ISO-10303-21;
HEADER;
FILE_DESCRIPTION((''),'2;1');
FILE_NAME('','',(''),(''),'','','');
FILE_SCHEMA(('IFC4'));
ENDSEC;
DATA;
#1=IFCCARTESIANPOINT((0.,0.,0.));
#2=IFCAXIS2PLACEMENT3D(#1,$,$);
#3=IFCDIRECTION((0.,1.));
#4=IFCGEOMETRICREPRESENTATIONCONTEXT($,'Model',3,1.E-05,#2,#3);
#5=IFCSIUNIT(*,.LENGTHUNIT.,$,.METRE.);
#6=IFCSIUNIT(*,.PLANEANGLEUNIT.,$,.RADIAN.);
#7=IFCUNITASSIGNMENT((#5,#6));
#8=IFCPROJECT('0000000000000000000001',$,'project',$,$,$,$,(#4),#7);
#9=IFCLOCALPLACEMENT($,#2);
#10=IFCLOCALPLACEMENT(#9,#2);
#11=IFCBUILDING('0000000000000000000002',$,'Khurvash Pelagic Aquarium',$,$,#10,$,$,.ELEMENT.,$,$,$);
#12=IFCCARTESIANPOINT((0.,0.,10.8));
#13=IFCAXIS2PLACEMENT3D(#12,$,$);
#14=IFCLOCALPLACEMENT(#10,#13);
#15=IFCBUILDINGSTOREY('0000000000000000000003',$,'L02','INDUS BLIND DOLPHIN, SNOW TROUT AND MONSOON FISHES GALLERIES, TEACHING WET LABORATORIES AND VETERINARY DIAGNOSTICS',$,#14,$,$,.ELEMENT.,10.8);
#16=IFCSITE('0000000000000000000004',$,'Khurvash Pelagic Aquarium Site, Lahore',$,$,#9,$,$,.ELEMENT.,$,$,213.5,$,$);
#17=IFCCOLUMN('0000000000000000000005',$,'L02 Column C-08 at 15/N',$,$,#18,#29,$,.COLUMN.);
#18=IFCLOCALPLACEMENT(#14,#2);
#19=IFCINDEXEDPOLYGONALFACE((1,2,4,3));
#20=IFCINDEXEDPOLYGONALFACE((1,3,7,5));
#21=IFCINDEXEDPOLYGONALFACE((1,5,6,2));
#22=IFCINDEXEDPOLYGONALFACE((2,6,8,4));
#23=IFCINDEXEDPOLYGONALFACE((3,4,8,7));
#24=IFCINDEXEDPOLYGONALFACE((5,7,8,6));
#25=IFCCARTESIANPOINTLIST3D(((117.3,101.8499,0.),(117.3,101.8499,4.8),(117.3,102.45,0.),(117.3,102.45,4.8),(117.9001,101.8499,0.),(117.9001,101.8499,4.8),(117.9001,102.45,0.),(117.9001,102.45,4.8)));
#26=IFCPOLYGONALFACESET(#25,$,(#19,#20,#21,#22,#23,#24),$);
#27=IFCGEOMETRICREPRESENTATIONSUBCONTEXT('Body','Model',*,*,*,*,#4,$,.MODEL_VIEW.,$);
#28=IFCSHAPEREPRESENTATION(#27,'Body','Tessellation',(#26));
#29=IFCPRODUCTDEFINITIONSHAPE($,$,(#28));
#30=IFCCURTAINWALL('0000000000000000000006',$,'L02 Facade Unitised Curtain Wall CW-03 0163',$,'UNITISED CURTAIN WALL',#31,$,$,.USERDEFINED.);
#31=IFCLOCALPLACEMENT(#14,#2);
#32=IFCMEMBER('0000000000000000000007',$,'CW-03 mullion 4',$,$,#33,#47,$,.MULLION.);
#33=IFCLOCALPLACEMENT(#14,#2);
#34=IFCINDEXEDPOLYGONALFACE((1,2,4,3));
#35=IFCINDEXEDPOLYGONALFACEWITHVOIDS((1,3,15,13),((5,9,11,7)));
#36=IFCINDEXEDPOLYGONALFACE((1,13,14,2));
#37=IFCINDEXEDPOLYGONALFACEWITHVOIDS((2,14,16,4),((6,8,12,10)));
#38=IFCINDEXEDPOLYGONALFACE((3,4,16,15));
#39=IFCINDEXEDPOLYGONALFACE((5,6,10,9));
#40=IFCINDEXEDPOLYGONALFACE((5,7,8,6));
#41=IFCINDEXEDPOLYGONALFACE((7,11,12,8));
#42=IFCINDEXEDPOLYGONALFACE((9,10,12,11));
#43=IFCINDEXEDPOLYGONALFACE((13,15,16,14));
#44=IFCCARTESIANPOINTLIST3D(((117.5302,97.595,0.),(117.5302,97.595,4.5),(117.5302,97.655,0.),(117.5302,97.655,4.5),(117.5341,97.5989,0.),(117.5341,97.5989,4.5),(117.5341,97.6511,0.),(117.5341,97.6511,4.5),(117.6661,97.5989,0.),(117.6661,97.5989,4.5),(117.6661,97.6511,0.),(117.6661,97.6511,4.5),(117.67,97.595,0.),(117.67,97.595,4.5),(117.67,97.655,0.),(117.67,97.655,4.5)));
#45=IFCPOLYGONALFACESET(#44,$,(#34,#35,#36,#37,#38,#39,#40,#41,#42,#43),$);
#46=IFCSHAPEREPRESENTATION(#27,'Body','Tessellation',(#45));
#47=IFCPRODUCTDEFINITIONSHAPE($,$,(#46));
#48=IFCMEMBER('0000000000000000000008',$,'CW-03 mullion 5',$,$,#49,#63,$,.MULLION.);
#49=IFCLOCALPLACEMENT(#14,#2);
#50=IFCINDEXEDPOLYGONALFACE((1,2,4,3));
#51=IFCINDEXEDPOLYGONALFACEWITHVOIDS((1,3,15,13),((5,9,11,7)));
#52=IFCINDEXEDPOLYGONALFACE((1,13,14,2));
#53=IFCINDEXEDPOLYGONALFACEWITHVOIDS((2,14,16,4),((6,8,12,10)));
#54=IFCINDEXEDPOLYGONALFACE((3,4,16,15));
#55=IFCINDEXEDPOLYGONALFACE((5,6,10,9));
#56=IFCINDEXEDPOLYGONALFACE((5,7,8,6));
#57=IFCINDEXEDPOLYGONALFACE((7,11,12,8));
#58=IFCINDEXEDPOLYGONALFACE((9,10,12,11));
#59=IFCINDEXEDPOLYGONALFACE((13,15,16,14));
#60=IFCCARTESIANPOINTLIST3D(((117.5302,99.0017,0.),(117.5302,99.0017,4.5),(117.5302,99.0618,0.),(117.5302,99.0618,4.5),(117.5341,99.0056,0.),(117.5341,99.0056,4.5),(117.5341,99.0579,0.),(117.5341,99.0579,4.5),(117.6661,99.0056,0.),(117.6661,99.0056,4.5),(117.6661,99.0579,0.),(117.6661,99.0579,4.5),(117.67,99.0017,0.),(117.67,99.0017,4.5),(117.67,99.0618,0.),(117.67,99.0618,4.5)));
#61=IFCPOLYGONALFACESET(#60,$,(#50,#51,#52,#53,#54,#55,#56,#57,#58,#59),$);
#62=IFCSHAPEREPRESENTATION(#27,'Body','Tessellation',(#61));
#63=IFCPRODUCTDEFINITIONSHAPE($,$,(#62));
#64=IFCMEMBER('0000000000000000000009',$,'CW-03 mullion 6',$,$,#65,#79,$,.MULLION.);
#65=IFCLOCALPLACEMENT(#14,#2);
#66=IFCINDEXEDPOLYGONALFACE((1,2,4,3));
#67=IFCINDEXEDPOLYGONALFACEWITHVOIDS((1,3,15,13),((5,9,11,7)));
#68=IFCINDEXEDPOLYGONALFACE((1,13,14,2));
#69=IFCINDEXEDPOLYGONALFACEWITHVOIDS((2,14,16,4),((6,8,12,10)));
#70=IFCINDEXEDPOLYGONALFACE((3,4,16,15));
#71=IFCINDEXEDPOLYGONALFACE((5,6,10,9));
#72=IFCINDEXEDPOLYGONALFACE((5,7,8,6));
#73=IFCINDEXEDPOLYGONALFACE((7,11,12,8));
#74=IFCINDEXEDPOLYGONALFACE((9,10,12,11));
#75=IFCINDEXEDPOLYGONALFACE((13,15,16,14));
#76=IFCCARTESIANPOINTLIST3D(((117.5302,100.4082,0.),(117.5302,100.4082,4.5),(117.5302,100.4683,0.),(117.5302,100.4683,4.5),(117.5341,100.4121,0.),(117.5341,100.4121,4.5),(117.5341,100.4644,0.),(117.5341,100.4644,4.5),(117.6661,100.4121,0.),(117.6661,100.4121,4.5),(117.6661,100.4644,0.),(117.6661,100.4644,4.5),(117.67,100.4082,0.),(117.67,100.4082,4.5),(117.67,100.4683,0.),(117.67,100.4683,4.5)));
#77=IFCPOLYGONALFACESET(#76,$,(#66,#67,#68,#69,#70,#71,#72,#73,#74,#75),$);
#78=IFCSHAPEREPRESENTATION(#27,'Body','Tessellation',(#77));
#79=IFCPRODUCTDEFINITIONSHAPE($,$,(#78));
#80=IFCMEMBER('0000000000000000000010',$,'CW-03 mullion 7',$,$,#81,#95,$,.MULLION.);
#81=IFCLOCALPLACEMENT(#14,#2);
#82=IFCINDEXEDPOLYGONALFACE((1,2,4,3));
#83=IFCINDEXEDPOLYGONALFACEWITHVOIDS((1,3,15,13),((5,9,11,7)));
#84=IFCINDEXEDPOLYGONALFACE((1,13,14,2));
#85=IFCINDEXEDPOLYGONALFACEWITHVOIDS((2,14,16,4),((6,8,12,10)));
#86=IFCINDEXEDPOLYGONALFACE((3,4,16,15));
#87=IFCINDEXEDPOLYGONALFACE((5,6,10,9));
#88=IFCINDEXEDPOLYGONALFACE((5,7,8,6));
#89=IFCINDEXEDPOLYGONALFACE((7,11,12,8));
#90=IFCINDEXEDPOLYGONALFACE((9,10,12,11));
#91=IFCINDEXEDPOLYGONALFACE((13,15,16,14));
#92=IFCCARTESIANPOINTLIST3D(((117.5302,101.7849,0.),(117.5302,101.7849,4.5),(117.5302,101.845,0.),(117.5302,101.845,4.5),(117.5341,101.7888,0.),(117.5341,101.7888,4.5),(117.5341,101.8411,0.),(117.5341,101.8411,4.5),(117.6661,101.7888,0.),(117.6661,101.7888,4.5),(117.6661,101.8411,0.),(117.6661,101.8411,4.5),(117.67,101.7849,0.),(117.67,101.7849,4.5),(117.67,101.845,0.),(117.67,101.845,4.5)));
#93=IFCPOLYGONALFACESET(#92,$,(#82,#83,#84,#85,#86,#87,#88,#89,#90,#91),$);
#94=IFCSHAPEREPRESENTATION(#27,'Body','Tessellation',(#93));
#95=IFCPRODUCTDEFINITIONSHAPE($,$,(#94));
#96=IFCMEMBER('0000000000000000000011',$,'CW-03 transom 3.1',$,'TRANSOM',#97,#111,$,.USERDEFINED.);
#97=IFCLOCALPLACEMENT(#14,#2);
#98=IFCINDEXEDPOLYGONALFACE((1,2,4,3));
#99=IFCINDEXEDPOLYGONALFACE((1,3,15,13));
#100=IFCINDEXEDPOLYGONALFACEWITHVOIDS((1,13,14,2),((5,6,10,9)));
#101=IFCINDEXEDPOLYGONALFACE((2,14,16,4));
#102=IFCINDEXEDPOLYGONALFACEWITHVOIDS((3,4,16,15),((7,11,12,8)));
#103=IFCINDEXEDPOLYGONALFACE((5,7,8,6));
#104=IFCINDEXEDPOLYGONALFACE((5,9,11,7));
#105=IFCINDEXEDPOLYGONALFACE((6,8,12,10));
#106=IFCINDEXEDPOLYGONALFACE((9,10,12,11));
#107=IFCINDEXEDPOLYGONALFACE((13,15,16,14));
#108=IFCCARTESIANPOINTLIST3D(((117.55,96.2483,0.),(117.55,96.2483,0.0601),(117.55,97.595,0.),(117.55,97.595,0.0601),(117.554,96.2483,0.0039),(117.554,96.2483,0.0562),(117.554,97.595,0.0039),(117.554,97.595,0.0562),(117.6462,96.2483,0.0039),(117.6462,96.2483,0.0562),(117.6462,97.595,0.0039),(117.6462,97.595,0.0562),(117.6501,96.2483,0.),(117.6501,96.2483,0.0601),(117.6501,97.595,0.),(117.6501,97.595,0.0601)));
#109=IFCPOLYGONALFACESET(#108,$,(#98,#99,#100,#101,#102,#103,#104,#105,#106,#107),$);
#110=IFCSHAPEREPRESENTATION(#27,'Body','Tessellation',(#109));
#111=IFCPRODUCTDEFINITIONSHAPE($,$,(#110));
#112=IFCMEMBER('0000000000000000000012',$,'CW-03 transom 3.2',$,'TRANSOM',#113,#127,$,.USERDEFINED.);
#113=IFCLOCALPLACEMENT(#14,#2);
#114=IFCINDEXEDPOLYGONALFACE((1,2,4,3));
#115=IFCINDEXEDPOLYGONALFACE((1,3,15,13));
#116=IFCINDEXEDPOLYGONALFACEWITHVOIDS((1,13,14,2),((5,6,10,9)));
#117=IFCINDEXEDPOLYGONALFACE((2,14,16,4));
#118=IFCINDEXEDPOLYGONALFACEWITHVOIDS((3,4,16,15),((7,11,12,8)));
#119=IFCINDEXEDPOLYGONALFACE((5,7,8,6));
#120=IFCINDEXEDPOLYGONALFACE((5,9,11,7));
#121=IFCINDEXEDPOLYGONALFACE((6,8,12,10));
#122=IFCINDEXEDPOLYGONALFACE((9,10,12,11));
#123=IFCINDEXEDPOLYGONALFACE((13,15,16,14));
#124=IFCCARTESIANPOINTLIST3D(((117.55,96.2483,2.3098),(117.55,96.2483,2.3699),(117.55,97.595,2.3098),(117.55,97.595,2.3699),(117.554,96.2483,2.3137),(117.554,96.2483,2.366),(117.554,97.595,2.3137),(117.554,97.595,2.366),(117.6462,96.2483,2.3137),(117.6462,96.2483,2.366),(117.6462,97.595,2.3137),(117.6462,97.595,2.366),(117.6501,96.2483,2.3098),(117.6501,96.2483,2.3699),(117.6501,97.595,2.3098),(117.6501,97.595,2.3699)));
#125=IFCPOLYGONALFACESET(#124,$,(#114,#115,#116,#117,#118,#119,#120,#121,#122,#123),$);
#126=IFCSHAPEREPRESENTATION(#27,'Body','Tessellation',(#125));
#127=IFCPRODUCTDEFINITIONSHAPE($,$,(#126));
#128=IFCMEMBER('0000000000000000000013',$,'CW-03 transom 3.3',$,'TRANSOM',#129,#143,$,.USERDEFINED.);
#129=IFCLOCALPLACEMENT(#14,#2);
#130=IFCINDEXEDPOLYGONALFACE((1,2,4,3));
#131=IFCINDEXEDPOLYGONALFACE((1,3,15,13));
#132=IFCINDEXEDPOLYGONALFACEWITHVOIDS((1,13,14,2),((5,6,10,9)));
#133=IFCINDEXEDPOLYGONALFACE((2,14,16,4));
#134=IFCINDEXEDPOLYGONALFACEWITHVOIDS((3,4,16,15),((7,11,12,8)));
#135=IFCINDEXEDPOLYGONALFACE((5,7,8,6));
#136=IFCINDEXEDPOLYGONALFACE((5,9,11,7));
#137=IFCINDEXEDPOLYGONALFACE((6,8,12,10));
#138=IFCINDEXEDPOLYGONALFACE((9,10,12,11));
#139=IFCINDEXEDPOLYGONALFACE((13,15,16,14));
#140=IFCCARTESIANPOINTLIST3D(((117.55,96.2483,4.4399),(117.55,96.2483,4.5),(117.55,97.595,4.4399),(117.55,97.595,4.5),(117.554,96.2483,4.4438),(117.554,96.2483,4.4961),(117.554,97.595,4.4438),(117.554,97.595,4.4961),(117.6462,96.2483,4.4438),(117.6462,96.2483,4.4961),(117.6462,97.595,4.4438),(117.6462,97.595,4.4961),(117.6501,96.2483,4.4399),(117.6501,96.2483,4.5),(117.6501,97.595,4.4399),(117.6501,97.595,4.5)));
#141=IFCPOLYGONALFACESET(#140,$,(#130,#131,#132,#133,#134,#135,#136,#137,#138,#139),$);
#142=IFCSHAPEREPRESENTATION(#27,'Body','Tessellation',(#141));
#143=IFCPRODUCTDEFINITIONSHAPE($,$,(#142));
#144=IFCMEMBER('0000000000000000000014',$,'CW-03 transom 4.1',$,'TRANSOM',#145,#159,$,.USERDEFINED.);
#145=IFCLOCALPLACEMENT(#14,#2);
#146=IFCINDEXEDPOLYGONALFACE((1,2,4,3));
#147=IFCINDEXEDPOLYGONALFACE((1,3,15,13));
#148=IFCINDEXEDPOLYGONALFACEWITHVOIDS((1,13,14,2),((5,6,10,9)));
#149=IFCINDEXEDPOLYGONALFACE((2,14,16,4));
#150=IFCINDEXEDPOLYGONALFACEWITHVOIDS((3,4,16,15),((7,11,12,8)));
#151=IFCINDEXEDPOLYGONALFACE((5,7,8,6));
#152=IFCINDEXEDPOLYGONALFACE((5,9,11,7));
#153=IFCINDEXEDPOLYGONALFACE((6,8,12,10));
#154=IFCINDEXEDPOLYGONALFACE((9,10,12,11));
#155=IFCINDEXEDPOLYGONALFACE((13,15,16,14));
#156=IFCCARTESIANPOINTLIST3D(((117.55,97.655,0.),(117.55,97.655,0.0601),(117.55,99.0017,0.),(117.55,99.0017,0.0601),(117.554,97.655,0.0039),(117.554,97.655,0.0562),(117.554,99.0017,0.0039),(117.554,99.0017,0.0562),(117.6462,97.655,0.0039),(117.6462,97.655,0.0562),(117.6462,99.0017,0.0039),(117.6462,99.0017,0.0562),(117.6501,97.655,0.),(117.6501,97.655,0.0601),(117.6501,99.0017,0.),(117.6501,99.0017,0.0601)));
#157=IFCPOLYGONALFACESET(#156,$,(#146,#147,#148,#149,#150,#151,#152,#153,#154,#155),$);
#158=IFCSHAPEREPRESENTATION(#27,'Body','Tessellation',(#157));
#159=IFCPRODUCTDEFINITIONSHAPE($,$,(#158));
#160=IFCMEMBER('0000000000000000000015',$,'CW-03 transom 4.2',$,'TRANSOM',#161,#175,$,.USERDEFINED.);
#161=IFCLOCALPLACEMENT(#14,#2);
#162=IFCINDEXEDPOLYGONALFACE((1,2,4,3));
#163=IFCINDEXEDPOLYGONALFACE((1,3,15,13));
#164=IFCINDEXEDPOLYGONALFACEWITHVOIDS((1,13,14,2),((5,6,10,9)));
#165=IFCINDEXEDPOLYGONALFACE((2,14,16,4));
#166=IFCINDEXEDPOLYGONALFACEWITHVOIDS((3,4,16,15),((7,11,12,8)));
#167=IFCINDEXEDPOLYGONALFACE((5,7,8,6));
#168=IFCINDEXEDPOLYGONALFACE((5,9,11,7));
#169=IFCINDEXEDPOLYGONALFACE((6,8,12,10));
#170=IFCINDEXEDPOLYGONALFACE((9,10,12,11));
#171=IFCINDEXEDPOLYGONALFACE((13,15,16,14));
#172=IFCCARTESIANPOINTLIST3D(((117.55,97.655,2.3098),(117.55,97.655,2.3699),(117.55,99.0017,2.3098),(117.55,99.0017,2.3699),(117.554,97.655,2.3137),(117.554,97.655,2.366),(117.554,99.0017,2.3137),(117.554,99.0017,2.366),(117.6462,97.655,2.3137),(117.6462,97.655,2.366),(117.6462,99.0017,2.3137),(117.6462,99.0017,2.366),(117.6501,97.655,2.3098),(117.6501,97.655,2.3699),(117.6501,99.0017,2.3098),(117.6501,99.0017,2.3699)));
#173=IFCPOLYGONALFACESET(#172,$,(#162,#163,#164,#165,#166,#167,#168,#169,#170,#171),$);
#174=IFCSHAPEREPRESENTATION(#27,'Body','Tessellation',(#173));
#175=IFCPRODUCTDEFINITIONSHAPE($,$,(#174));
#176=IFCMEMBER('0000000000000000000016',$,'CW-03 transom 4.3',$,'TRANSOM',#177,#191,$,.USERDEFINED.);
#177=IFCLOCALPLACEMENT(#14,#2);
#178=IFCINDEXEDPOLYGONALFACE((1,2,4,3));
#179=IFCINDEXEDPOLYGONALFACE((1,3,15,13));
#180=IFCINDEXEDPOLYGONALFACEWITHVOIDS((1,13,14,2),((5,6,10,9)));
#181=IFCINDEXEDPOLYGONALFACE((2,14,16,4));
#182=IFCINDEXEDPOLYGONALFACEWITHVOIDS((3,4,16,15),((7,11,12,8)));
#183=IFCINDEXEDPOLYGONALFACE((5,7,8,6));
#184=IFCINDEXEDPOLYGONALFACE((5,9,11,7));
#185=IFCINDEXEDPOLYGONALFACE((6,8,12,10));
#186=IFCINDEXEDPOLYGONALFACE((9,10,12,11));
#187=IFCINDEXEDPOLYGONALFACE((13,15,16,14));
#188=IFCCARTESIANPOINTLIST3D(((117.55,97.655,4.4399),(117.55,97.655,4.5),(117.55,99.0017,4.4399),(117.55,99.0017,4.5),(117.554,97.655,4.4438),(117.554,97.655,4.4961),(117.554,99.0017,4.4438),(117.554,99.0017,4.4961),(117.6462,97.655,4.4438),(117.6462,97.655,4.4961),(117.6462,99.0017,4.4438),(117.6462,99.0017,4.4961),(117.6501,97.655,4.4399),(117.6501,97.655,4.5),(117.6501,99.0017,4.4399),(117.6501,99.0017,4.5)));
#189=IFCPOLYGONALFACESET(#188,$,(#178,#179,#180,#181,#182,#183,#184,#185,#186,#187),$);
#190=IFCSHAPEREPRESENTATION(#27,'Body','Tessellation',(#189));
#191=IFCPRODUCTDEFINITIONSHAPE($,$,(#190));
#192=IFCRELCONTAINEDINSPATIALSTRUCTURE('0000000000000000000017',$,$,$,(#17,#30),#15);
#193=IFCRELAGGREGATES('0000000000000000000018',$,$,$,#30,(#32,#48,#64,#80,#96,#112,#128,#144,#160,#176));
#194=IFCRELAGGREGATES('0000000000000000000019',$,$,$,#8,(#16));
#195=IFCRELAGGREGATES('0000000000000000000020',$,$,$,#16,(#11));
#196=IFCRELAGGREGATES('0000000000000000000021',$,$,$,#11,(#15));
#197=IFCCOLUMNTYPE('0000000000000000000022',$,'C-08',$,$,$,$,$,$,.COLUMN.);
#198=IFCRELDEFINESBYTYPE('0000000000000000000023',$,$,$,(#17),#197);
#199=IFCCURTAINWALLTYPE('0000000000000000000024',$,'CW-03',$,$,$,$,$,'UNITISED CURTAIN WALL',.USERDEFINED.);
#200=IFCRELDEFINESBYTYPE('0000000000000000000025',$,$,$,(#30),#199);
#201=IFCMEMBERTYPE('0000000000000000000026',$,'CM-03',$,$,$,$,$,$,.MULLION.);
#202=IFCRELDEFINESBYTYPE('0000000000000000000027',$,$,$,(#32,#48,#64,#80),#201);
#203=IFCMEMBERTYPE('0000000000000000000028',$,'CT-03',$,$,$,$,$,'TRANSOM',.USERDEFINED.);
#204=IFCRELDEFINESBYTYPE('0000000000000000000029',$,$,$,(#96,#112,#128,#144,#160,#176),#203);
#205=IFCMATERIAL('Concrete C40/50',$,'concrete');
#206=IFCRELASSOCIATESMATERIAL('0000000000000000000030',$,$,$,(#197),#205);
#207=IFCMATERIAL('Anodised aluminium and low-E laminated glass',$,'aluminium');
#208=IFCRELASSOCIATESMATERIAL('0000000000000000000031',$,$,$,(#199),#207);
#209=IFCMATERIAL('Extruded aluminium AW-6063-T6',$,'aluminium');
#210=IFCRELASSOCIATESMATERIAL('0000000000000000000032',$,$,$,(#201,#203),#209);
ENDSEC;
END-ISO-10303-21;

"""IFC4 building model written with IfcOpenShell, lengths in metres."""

from ifc_helpers import new_model, si_unit, direction, frame, origin, origin_2d, place, context, subcontext, project, spatial, rectangle, hollow_rectangle, extrude, material, material_profile, profile_set, type_object, element, aggregate, save


model = new_model("IFC4")

# Units and contexts
model_context = context("Model", 3, precision=1e-05, world=origin(), true_north=direction((0.0, 1.0)))
body_context = subcontext(model_context, "Body", "Model", "MODEL_VIEW")
ifc_project = project(units=[si_unit("LENGTHUNIT", "METRE"), si_unit("PLANEANGLEUNIT", "RADIAN")], contexts=[model_context])

# Site, building, storey
site_placement = place(None, origin())
site = spatial("IfcSite", under=ifc_project, at=site_placement, Name="Khurvash Pelagic Aquarium Site, Lahore", CompositionType="ELEMENT", RefElevation=213.5)
building_placement = place(site_placement, origin())
building = spatial("IfcBuilding", under=site, at=building_placement, Name="Khurvash Pelagic Aquarium", CompositionType="ELEMENT")
storey_placement = place(building_placement, frame((0.0, 0.0, 10.8)))
storey = spatial("IfcBuildingStorey", under=building, at=storey_placement, Name="L02", Description="INDUS BLIND DOLPHIN, SNOW TROUT AND MONSOON FISHES GALLERIES, TEACHING WET LABORATORIES AND VETERINARY DIAGNOSTICS", CompositionType="ELEMENT", Elevation=10.8)

# Column
ifc_material_1 = material(Name="Concrete C40/50", Category="concrete")
ifc_material_profile_1 = material_profile(ifc_material_1, rectangle(XDim=0.6001, YDim=0.6001, at=origin_2d()), Name="RC600X600")
ifc_profile_set_1 = profile_set([ifc_material_profile_1], Name="Concrete C40/50")
column_type = type_object("IfcColumnType", Name="C-08", PredefinedType="COLUMN", material=ifc_profile_set_1)
column_placement = place(storey_placement, frame((117.6001, 102.1499, 0.0), z_axis=(0.0, 0.0, 1.0), x_axis=(1.0, 0.0, 0.0)))
element("IfcColumn", 1, at=column_placement, inside=storey, type_object=column_type, Name="L02 Column C-08 at 15/N", PredefinedType="COLUMN", context=body_context, shape_type="SweptSolid", body=[
    extrude(rectangle(XDim=0.6001, YDim=0.6001, at=origin_2d()), origin(), (0.0, 0.0, 1.0), 4.8),
])

# Curtain wall, members
ifc_material_2 = material(Name="Anodised aluminium and low-E laminated glass", Category="aluminium")
curtain_wall_type = type_object("IfcCurtainWallType", Name="CW-03", ElementType="UNITISED CURTAIN WALL", PredefinedType="USERDEFINED", material=ifc_material_2)
curtain_wall_placement = place(storey_placement, origin())
curtain_wall = element("IfcCurtainWall", 2, at=curtain_wall_placement, inside=storey, type_object=curtain_wall_type, Name="L02 Facade Unitised Curtain Wall CW-03 0163", ObjectType="UNITISED CURTAIN WALL", PredefinedType="USERDEFINED")
ifc_material_3 = material(Name="Extruded aluminium AW-6063-T6", Category="aluminium")
ifc_material_profile_2 = material_profile(ifc_material_3, hollow_rectangle(XDim=0.0601, YDim=0.1399, WallThickness=0.0039, at=origin_2d()), Name="CWM60X140X4")
ifc_profile_set_2 = profile_set([ifc_material_profile_2], Name="Extruded aluminium AW-6063-T6")
member_type_1 = type_object("IfcMemberType", Name="CM-03", PredefinedType="MULLION", material=ifc_profile_set_2)
member_1_placement = place(storey_placement, frame((117.6001, 97.625, 0.0), z_axis=(0.0, 0.0, 1.0), x_axis=(0.0, 1.0, 0.0)))
member_1 = element("IfcMember", 3, at=member_1_placement, type_object=member_type_1, Name="CW-03 mullion 4", PredefinedType="MULLION", context=body_context, shape_type="SweptSolid", body=[
    extrude(hollow_rectangle(XDim=0.0601, YDim=0.1399, WallThickness=0.0039, at=origin_2d()), origin(), (0.0, 0.0, 1.0), 4.5),
])
member_2_placement = place(storey_placement, frame((117.6001, 99.0317, 0.0), z_axis=(0.0, 0.0, 1.0), x_axis=(0.0, 1.0, 0.0)))
member_2 = element("IfcMember", 4, at=member_2_placement, type_object=member_type_1, Name="CW-03 mullion 5", PredefinedType="MULLION", context=body_context, shape_type="SweptSolid", body=[
    extrude(hollow_rectangle(XDim=0.0601, YDim=0.1399, WallThickness=0.0039, at=origin_2d()), origin(), (0.0, 0.0, 1.0), 4.5),
])
member_3_placement = place(storey_placement, frame((117.6001, 100.4382, 0.0), z_axis=(0.0, 0.0, 1.0), x_axis=(0.0, 1.0, 0.0)))
member_3 = element("IfcMember", 5, at=member_3_placement, type_object=member_type_1, Name="CW-03 mullion 6", PredefinedType="MULLION", context=body_context, shape_type="SweptSolid", body=[
    extrude(hollow_rectangle(XDim=0.0601, YDim=0.1399, WallThickness=0.0039, at=origin_2d()), origin(), (0.0, 0.0, 1.0), 4.5),
])
member_4_placement = place(storey_placement, frame((117.6001, 101.8149, 0.0), z_axis=(0.0, 0.0, 1.0), x_axis=(0.0, 1.0, 0.0)))
member_4 = element("IfcMember", 6, at=member_4_placement, type_object=member_type_1, Name="CW-03 mullion 7", PredefinedType="MULLION", context=body_context, shape_type="SweptSolid", body=[
    extrude(hollow_rectangle(XDim=0.0601, YDim=0.1399, WallThickness=0.0039, at=origin_2d()), origin(), (0.0, 0.0, 1.0), 4.5),
])
ifc_material_profile_3 = material_profile(ifc_material_3, hollow_rectangle(XDim=0.1001, YDim=0.0601, WallThickness=0.0039, at=origin_2d()), Name="CWT100X60X4")
ifc_profile_set_3 = profile_set([ifc_material_profile_3], Name="Extruded aluminium AW-6063-T6")
member_type_2 = type_object("IfcMemberType", Name="CT-03", ElementType="TRANSOM", PredefinedType="USERDEFINED", material=ifc_profile_set_3)
member_5_placement = place(storey_placement, frame((117.6001, 96.2483, 0.03), z_axis=(0.0, 1.0, 0.0), x_axis=(-1.0, 0.0, 0.0)))
member_5 = element("IfcMember", 7, at=member_5_placement, type_object=member_type_2, Name="CW-03 transom 3.1", ObjectType="TRANSOM", PredefinedType="USERDEFINED", context=body_context, shape_type="SweptSolid", body=[
    extrude(hollow_rectangle(XDim=0.1001, YDim=0.0601, WallThickness=0.0039, at=origin_2d()), origin(), (0.0, 0.0, 1.0), 1.3467),
])
member_6_placement = place(storey_placement, frame((117.6001, 96.2483, 2.3398), z_axis=(0.0, 1.0, 0.0), x_axis=(-1.0, 0.0, 0.0)))
member_6 = element("IfcMember", 8, at=member_6_placement, type_object=member_type_2, Name="CW-03 transom 3.2", ObjectType="TRANSOM", PredefinedType="USERDEFINED", context=body_context, shape_type="SweptSolid", body=[
    extrude(hollow_rectangle(XDim=0.1001, YDim=0.0601, WallThickness=0.0039, at=origin_2d()), origin(), (0.0, 0.0, 1.0), 1.3467),
])
member_7_placement = place(storey_placement, frame((117.6001, 96.2483, 4.47), z_axis=(0.0, 1.0, 0.0), x_axis=(-1.0, 0.0, 0.0)))
member_7 = element("IfcMember", 9, at=member_7_placement, type_object=member_type_2, Name="CW-03 transom 3.3", ObjectType="TRANSOM", PredefinedType="USERDEFINED", context=body_context, shape_type="SweptSolid", body=[
    extrude(hollow_rectangle(XDim=0.1001, YDim=0.0601, WallThickness=0.0039, at=origin_2d()), origin(), (0.0, 0.0, 1.0), 1.3467),
])
member_8_placement = place(storey_placement, frame((117.6001, 97.655, 0.03), z_axis=(0.0, 1.0, 0.0), x_axis=(-1.0, 0.0, 0.0)))
member_8 = element("IfcMember", 10, at=member_8_placement, type_object=member_type_2, Name="CW-03 transom 4.1", ObjectType="TRANSOM", PredefinedType="USERDEFINED", context=body_context, shape_type="SweptSolid", body=[
    extrude(hollow_rectangle(XDim=0.1001, YDim=0.0601, WallThickness=0.0039, at=origin_2d()), origin(), (0.0, 0.0, 1.0), 1.3467),
])
member_9_placement = place(storey_placement, frame((117.6001, 97.655, 2.3398), z_axis=(0.0, 1.0, 0.0), x_axis=(-1.0, 0.0, 0.0)))
member_9 = element("IfcMember", 11, at=member_9_placement, type_object=member_type_2, Name="CW-03 transom 4.2", ObjectType="TRANSOM", PredefinedType="USERDEFINED", context=body_context, shape_type="SweptSolid", body=[
    extrude(hollow_rectangle(XDim=0.1001, YDim=0.0601, WallThickness=0.0039, at=origin_2d()), origin(), (0.0, 0.0, 1.0), 1.3467),
])
member_10_placement = place(storey_placement, frame((117.6001, 97.655, 4.47), z_axis=(0.0, 1.0, 0.0), x_axis=(-1.0, 0.0, 0.0)))
member_10 = element("IfcMember", 12, at=member_10_placement, type_object=member_type_2, Name="CW-03 transom 4.3", ObjectType="TRANSOM", PredefinedType="USERDEFINED", context=body_context, shape_type="SweptSolid", body=[
    extrude(hollow_rectangle(XDim=0.1001, YDim=0.0601, WallThickness=0.0039, at=origin_2d()), origin(), (0.0, 0.0, 1.0), 1.3467),
])
aggregate(curtain_wall, [member_1, member_2, member_3, member_4, member_5, member_6, member_7, member_8, member_9, member_10])

save(model, "model.ifc")
